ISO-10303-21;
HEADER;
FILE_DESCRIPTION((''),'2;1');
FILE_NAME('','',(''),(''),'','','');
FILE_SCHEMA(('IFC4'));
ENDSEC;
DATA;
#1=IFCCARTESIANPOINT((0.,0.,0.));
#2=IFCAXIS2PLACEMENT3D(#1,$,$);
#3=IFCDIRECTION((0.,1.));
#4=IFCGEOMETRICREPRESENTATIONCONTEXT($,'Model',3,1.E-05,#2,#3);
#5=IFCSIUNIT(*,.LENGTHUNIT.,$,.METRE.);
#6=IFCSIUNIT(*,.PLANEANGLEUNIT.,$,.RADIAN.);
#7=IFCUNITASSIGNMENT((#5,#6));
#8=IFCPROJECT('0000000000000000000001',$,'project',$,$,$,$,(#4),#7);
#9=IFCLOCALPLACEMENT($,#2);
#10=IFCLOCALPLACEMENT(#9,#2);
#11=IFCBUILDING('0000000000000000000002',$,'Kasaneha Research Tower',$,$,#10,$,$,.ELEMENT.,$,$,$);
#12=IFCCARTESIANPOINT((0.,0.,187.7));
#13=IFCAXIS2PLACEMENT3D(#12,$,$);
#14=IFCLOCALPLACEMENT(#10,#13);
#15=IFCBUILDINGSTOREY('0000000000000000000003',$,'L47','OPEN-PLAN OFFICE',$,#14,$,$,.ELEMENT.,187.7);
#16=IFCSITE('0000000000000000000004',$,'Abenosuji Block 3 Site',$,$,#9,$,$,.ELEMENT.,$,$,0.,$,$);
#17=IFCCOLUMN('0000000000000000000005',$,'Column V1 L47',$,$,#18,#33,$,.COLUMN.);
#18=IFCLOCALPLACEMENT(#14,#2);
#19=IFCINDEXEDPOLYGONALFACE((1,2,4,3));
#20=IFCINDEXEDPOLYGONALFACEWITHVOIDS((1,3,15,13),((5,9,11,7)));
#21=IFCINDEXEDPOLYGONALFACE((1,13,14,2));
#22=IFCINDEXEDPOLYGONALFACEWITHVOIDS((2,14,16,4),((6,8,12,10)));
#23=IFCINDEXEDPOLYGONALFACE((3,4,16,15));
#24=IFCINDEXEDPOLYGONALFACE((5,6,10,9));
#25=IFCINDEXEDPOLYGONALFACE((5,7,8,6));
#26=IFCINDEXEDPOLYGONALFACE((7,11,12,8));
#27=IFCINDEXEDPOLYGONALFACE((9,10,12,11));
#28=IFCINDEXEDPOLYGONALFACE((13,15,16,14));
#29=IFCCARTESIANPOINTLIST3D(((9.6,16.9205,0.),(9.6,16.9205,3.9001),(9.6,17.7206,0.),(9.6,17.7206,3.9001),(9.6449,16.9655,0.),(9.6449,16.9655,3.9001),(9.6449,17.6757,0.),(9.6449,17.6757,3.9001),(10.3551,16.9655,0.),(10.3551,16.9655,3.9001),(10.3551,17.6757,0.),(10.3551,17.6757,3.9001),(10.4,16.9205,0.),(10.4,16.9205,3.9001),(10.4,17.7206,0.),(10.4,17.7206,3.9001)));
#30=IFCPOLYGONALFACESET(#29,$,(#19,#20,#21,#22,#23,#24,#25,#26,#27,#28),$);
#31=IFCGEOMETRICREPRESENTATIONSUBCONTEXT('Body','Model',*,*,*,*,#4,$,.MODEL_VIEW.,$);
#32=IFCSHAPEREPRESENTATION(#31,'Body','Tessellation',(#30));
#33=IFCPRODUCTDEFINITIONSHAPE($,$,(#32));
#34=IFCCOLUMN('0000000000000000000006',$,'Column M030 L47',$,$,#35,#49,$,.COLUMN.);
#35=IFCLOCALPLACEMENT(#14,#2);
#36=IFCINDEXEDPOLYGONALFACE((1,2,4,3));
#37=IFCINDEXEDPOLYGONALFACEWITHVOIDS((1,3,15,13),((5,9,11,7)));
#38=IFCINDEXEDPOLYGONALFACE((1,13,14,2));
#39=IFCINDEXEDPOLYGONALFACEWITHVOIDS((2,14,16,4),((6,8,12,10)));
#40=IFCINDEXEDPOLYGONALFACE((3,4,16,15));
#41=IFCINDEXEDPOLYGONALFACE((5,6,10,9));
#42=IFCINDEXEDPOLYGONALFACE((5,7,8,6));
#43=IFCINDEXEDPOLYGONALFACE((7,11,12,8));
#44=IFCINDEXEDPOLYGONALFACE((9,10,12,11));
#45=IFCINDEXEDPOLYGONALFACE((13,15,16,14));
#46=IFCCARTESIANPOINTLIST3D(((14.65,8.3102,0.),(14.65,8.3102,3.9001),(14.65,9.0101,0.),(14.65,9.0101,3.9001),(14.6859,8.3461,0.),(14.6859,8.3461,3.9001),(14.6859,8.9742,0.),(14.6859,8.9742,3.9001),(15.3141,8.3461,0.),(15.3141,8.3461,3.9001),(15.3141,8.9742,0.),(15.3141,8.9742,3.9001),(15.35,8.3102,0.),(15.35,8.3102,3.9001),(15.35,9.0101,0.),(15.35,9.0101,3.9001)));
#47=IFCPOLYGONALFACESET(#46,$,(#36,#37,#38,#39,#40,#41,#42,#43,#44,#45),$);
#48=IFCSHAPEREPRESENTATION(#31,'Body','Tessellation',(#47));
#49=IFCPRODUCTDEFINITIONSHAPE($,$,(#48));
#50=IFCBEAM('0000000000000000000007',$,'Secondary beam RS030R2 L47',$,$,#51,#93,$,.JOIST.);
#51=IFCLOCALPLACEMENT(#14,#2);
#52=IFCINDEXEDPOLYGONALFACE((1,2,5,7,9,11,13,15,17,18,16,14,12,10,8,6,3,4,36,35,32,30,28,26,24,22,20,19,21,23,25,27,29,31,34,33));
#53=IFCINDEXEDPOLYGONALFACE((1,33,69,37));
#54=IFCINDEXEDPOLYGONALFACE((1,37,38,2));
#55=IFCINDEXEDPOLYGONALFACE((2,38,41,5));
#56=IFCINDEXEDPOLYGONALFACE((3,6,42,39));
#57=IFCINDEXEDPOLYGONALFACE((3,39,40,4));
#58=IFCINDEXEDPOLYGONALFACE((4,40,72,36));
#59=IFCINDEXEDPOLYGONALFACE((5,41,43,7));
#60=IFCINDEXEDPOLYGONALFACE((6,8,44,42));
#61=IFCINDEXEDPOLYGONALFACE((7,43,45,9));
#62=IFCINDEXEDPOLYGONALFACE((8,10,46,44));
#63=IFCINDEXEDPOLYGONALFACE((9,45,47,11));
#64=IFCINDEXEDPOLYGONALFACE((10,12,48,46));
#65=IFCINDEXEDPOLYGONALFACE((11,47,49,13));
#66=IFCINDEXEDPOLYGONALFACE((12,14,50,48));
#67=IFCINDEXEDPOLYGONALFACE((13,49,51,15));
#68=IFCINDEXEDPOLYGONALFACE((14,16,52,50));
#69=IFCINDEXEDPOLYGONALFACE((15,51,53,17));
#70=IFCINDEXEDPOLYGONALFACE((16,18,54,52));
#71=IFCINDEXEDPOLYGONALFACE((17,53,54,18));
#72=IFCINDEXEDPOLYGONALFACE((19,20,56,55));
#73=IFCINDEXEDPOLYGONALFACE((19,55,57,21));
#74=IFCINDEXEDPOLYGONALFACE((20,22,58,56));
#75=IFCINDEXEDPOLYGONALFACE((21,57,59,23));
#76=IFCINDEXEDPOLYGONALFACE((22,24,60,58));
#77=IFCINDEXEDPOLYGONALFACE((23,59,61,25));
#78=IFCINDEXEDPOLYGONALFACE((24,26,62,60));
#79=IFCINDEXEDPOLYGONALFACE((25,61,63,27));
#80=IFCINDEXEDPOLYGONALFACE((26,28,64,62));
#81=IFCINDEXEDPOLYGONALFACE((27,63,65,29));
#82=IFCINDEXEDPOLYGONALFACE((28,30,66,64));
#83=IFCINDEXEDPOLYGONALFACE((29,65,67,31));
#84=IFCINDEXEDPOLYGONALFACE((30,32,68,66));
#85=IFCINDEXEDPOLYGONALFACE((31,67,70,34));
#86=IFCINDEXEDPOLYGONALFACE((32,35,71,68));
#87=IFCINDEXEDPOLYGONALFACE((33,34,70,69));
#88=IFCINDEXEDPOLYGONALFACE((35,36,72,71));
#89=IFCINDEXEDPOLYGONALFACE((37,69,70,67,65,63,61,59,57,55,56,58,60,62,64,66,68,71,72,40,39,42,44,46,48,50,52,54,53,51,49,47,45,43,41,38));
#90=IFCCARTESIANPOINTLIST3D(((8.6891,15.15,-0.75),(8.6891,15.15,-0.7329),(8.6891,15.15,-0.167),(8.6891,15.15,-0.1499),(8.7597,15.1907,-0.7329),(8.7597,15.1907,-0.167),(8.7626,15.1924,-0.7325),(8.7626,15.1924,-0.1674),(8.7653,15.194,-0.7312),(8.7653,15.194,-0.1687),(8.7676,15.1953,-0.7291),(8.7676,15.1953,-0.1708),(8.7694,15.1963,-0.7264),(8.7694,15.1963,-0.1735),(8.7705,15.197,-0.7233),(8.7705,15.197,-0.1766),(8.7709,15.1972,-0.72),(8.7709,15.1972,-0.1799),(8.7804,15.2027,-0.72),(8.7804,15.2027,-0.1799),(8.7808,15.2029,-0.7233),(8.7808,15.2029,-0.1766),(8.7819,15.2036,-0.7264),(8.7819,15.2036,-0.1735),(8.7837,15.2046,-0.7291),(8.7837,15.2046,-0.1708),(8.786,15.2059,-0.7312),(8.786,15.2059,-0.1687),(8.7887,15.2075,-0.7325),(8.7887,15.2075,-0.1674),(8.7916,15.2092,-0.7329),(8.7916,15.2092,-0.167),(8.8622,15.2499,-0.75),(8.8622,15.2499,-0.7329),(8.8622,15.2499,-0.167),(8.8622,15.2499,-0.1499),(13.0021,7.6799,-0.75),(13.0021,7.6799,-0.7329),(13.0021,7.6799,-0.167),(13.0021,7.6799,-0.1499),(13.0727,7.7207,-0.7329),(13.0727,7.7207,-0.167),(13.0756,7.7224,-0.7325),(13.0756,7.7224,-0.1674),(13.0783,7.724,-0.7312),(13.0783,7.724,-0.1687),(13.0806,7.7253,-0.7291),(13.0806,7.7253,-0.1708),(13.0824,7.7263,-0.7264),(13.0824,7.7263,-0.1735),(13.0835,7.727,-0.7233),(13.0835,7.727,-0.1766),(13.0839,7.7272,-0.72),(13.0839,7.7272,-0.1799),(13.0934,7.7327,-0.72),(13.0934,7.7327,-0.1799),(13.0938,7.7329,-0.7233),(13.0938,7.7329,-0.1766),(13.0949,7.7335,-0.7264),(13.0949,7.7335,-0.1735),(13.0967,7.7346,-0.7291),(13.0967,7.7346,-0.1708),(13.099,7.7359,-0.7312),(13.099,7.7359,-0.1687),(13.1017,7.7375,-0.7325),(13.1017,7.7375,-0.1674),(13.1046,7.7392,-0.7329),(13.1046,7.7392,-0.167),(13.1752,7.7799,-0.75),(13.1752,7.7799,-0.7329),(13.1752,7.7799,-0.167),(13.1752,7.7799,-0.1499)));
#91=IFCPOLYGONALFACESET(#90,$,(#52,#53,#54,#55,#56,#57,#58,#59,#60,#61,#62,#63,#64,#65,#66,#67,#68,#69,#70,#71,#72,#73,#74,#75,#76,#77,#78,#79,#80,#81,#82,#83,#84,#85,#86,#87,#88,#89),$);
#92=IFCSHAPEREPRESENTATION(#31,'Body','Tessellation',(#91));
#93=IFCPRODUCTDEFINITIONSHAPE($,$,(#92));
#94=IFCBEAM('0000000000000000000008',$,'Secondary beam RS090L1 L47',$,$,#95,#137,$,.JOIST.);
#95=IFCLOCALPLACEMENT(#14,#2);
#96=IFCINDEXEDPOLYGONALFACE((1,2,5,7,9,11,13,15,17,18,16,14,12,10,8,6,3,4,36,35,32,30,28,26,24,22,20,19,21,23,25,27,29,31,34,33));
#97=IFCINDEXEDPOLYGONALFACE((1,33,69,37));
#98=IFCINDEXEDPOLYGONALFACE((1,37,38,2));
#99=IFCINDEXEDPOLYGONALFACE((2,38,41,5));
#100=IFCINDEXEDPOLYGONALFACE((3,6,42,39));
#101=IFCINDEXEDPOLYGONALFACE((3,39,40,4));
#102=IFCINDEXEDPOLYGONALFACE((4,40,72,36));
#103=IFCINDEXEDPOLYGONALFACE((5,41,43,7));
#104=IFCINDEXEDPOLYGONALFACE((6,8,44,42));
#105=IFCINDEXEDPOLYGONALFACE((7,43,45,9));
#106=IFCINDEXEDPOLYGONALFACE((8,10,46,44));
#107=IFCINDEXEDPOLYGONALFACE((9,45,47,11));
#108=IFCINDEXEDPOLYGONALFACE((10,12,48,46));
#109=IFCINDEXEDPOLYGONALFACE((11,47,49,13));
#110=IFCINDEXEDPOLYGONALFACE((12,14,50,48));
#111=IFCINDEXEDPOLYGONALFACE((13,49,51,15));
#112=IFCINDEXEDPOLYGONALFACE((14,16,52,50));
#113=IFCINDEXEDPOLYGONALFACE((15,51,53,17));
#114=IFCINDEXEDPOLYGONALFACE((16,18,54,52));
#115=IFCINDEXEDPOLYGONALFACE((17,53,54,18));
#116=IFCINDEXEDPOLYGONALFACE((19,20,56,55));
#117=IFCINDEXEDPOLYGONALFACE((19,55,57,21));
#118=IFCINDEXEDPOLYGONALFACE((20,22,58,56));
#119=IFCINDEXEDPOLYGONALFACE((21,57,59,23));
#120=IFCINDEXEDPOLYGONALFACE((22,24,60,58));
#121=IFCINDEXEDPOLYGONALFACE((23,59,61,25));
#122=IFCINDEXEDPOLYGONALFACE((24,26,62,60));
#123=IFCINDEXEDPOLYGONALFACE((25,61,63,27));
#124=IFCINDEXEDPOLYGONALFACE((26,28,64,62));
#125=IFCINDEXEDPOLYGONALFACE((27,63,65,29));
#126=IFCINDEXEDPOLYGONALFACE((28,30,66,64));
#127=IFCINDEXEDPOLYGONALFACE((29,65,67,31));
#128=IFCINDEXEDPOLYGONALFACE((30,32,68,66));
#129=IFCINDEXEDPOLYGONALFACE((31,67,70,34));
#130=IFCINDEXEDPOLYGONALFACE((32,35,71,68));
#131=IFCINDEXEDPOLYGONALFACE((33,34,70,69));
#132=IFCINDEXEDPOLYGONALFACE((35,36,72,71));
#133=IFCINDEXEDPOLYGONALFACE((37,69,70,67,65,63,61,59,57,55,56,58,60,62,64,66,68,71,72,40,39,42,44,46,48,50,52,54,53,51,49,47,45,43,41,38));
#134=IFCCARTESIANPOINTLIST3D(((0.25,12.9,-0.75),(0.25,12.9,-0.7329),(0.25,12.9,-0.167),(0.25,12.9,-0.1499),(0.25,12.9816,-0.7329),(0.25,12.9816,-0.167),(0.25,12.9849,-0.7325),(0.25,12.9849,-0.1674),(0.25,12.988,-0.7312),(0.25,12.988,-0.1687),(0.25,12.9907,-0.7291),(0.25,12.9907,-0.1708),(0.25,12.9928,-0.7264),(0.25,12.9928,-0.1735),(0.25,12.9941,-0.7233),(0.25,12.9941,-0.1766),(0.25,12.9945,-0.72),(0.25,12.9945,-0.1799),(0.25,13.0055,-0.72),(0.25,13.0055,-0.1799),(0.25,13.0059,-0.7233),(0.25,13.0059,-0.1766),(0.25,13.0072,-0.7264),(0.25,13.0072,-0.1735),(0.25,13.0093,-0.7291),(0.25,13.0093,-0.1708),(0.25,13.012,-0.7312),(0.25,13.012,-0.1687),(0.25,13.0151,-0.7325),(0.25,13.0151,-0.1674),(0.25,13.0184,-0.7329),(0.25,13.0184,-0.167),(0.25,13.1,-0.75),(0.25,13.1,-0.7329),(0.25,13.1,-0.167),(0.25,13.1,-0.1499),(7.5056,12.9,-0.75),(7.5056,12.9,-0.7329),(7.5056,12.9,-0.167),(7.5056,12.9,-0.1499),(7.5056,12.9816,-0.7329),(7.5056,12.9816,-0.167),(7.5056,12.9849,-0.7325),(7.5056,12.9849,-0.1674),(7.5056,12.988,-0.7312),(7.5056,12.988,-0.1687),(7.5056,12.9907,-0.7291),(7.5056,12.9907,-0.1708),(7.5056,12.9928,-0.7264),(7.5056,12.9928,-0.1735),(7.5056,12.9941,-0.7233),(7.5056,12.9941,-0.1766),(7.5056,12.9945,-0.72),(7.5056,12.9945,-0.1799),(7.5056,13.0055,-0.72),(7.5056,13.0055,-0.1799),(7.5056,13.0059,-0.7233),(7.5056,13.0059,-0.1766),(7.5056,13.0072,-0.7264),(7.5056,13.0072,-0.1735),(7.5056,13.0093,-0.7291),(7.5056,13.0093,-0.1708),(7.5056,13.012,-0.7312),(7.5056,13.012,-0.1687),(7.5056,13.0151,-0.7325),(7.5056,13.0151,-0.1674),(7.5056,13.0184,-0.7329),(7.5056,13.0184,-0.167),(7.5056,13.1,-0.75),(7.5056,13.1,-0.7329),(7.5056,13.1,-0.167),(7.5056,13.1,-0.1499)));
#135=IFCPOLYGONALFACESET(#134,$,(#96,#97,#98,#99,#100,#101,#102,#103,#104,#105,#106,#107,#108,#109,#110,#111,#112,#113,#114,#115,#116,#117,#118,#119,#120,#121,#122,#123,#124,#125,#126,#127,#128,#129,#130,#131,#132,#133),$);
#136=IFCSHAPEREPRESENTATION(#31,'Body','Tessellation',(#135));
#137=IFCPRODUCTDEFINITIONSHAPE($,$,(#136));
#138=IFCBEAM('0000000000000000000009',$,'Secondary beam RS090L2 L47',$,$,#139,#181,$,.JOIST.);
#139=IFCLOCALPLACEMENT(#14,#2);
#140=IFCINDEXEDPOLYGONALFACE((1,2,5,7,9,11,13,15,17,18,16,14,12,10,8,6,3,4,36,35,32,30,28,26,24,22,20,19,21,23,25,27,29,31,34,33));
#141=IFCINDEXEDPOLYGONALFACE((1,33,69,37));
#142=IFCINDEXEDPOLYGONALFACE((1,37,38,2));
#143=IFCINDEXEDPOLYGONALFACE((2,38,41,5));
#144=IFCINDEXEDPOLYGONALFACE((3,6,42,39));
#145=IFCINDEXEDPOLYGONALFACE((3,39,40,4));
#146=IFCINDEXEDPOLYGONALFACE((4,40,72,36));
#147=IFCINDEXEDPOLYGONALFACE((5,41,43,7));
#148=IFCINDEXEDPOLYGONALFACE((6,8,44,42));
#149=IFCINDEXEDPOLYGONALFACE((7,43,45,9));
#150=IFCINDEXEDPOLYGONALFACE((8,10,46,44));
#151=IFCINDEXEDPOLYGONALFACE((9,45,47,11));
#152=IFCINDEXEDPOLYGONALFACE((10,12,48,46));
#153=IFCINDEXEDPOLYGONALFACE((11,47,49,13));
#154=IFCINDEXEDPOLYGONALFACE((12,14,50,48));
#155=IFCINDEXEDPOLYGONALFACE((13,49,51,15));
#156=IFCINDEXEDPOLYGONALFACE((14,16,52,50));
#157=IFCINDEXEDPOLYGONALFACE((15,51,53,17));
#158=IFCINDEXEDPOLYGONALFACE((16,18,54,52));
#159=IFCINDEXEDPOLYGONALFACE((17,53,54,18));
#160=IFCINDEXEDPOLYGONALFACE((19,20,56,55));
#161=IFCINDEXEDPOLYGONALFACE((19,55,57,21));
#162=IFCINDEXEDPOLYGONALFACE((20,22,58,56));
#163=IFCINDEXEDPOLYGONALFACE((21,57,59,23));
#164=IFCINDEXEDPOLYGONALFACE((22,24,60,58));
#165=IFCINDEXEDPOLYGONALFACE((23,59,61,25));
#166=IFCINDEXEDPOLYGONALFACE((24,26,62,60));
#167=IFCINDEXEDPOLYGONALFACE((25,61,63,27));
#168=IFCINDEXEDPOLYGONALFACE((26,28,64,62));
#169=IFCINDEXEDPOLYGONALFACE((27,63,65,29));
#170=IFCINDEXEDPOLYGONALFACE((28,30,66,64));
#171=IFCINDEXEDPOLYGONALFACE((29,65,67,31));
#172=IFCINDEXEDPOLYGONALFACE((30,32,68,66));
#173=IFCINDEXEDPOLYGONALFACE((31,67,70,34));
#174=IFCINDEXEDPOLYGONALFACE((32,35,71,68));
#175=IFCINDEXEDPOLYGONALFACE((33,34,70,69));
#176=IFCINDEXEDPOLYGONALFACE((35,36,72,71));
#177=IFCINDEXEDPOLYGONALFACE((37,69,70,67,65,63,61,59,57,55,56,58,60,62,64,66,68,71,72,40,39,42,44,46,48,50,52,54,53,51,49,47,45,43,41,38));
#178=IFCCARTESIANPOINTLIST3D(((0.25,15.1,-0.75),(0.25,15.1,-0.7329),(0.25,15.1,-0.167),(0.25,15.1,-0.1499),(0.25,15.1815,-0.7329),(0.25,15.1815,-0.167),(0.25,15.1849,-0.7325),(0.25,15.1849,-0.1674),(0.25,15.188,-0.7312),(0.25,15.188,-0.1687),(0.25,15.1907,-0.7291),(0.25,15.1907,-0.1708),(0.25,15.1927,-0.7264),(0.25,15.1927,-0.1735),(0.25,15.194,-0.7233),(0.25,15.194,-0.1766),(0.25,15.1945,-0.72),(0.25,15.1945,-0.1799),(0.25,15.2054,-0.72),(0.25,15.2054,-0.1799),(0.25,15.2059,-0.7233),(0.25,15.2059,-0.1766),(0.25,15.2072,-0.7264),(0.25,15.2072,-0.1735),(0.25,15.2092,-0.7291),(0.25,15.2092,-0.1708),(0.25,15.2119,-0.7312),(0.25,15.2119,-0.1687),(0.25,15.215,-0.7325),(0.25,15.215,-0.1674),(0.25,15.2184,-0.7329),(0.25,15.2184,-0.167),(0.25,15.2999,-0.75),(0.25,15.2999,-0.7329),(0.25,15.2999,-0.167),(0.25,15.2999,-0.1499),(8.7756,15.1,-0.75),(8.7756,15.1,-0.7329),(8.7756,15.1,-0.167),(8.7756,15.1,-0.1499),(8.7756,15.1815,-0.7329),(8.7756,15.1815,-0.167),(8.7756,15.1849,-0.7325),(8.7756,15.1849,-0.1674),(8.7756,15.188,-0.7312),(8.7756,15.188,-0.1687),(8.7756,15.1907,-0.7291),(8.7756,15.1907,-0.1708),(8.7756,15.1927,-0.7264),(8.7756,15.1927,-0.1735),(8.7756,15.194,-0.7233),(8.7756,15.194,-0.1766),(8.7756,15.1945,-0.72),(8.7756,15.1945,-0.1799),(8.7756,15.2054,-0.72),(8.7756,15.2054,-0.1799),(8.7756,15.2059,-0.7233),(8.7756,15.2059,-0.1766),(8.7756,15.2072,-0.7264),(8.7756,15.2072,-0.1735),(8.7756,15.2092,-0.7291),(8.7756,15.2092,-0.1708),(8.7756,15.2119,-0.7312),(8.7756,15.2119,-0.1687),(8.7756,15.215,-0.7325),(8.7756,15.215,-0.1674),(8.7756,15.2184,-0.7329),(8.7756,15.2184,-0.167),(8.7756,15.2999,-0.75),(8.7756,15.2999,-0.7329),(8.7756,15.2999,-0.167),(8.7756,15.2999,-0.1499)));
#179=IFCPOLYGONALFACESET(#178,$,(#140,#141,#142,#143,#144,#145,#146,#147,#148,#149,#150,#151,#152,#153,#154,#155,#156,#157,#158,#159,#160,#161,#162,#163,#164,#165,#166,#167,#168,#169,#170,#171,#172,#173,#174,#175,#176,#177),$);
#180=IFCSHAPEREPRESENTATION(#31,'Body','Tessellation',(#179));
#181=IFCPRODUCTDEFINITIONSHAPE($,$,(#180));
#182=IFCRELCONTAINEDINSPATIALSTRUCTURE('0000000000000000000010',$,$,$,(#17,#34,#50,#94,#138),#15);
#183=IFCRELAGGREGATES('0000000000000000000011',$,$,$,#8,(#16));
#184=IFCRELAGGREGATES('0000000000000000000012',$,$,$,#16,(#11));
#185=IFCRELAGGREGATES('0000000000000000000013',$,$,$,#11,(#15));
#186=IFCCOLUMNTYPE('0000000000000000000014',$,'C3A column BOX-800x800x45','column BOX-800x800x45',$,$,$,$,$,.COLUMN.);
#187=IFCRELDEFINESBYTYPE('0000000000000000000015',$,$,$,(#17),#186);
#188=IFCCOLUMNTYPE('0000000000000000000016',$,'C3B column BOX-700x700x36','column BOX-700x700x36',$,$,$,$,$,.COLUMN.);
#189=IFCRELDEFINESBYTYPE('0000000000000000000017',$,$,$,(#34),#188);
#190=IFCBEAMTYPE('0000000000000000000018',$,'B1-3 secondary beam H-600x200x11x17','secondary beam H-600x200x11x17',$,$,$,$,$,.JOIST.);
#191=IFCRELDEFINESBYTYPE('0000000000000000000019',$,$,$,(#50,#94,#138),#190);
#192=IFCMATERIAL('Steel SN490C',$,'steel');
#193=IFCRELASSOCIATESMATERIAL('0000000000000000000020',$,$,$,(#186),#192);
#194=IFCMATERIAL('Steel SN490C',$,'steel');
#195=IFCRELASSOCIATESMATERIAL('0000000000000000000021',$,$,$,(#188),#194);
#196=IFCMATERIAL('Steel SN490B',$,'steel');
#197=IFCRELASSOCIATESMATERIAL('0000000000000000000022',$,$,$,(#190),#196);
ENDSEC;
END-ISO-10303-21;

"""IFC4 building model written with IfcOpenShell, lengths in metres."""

from ifc_helpers import new_model, si_unit, direction, frame, origin, origin_2d, place, context, subcontext, project, spatial, hollow_rectangle, i_section, extrude, material, material_profile, profile_set, type_object, element, save


model = new_model("IFC4")

# Units and contexts
model_context = context("Model", 3, precision=1e-05, world=origin(), true_north=direction((0.0, 1.0)))
body_context = subcontext(model_context, "Body", "Model", "MODEL_VIEW")
ifc_project = project(units=[si_unit("LENGTHUNIT", "METRE"), si_unit("PLANEANGLEUNIT", "RADIAN")], contexts=[model_context])

# Site, building, storey
site_placement = place(None, origin())
site = spatial("IfcSite", under=ifc_project, at=site_placement, Name="Abenosuji Block 3 Site", CompositionType="ELEMENT", RefElevation=0.0)
building_placement = place(site_placement, origin())
building = spatial("IfcBuilding", under=site, at=building_placement, Name="Kasaneha Research Tower", CompositionType="ELEMENT")
storey_placement = place(building_placement, frame((0.0, 0.0, 187.7)))
storey = spatial("IfcBuildingStorey", under=building, at=storey_placement, Name="L47", Description="OPEN-PLAN OFFICE", CompositionType="ELEMENT", Elevation=187.7)

# Columns
ifc_material_1 = material(Name="Steel SN490C", Category="steel")
ifc_material_profile_1 = material_profile(ifc_material_1, hollow_rectangle(XDim=0.8, YDim=0.8, WallThickness=0.0449, at=origin_2d()), Name="BOX-800x800x45")
ifc_profile_set_1 = profile_set([ifc_material_profile_1], Name="Steel SN490C")
column_type_1 = type_object("IfcColumnType", Name="C3A column BOX-800x800x45", Description="column BOX-800x800x45", PredefinedType="COLUMN", material=ifc_profile_set_1)
column_1_placement = place(storey_placement, frame((10.0, 17.3206, 0.0), z_axis=(0.0, 0.0, 1.0), x_axis=(1.0, 0.0, 0.0)))
element("IfcColumn", 1, at=column_1_placement, inside=storey, type_object=column_type_1, Name="Column V1 L47", PredefinedType="COLUMN", context=body_context, shape_type="SweptSolid", body=[
    extrude(hollow_rectangle(XDim=0.8, YDim=0.8, WallThickness=0.0449, at=origin_2d()), origin(), (0.0, 0.0, 1.0), 3.9001),
])
ifc_material_2 = material(Name="Steel SN490C", Category="steel")
ifc_material_profile_2 = material_profile(ifc_material_2, hollow_rectangle(XDim=0.7, YDim=0.7, WallThickness=0.0359, at=origin_2d()), Name="BOX-700x700x36")
ifc_profile_set_2 = profile_set([ifc_material_profile_2], Name="Steel SN490C")
column_type_2 = type_object("IfcColumnType", Name="C3B column BOX-700x700x36", Description="column BOX-700x700x36", PredefinedType="COLUMN", material=ifc_profile_set_2)
column_2_placement = place(storey_placement, frame((15.0, 8.6602, 0.0), z_axis=(0.0, 0.0, 1.0), x_axis=(1.0, 0.0, 0.0)))
element("IfcColumn", 2, at=column_2_placement, inside=storey, type_object=column_type_2, Name="Column M030 L47", PredefinedType="COLUMN", context=body_context, shape_type="SweptSolid", body=[
    extrude(hollow_rectangle(XDim=0.7, YDim=0.7, WallThickness=0.0359, at=origin_2d()), origin(), (0.0, 0.0, 1.0), 3.9001),
])

# Beams
ifc_material_3 = material(Name="Steel SN490B", Category="steel")
ifc_material_profile_3 = material_profile(ifc_material_3, i_section(OverallWidth=0.2, OverallDepth=0.6001, WebThickness=0.011, FlangeThickness=0.0171, FilletRadius=0.0129, at=origin_2d()), Name="H-600x200x11x17")
ifc_profile_set_3 = profile_set([ifc_material_profile_3], Name="Steel SN490B")
beam_type_1 = type_object("IfcBeamType", Name="B1-3 secondary beam H-600x200x11x17", Description="secondary beam H-600x200x11x17", PredefinedType="JOIST", material=ifc_profile_set_3)
beam_1_placement = place(storey_placement, frame((8.7756, 15.2, -0.45), z_axis=(0.500017, -0.866015, 0.0), x_axis=(0.866015, 0.500017, 0.0)))
element("IfcBeam", 3, at=beam_1_placement, inside=storey, type_object=beam_type_1, Name="Secondary beam RS030R2 L47", PredefinedType="JOIST", context=body_context, shape_type="SweptSolid", body=[
    extrude(i_section(OverallWidth=0.2, OverallDepth=0.6001, WebThickness=0.011, FlangeThickness=0.0171, FilletRadius=0.0129, at=origin_2d()), origin(), (0.0, 0.0, 1.0), 8.6257),
])
beam_2_placement = place(storey_placement, frame((7.5056, 13.0, -0.45), z_axis=(-1.0, 0.0, 0.0), x_axis=(0.0, -1.0, 0.0)))
element("IfcBeam", 4, at=beam_2_placement, inside=storey, type_object=beam_type_1, Name="Secondary beam RS090L1 L47", PredefinedType="JOIST", context=body_context, shape_type="SweptSolid", body=[
    extrude(i_section(OverallWidth=0.2, OverallDepth=0.6001, WebThickness=0.011, FlangeThickness=0.0171, FilletRadius=0.0129, at=origin_2d()), origin(), (0.0, 0.0, 1.0), 7.2556),
])
beam_3_placement = place(storey_placement, frame((8.7756, 15.2, -0.45), z_axis=(-1.0, 0.0, 0.0), x_axis=(0.0, -1.0, 0.0)))
element("IfcBeam", 5, at=beam_3_placement, inside=storey, type_object=beam_type_1, Name="Secondary beam RS090L2 L47", PredefinedType="JOIST", context=body_context, shape_type="SweptSolid", body=[
    extrude(i_section(OverallWidth=0.2, OverallDepth=0.6001, WebThickness=0.011, FlangeThickness=0.0171, FilletRadius=0.0129, at=origin_2d()), origin(), (0.0, 0.0, 1.0), 8.5256),
])

save(model, "model.ifc")
